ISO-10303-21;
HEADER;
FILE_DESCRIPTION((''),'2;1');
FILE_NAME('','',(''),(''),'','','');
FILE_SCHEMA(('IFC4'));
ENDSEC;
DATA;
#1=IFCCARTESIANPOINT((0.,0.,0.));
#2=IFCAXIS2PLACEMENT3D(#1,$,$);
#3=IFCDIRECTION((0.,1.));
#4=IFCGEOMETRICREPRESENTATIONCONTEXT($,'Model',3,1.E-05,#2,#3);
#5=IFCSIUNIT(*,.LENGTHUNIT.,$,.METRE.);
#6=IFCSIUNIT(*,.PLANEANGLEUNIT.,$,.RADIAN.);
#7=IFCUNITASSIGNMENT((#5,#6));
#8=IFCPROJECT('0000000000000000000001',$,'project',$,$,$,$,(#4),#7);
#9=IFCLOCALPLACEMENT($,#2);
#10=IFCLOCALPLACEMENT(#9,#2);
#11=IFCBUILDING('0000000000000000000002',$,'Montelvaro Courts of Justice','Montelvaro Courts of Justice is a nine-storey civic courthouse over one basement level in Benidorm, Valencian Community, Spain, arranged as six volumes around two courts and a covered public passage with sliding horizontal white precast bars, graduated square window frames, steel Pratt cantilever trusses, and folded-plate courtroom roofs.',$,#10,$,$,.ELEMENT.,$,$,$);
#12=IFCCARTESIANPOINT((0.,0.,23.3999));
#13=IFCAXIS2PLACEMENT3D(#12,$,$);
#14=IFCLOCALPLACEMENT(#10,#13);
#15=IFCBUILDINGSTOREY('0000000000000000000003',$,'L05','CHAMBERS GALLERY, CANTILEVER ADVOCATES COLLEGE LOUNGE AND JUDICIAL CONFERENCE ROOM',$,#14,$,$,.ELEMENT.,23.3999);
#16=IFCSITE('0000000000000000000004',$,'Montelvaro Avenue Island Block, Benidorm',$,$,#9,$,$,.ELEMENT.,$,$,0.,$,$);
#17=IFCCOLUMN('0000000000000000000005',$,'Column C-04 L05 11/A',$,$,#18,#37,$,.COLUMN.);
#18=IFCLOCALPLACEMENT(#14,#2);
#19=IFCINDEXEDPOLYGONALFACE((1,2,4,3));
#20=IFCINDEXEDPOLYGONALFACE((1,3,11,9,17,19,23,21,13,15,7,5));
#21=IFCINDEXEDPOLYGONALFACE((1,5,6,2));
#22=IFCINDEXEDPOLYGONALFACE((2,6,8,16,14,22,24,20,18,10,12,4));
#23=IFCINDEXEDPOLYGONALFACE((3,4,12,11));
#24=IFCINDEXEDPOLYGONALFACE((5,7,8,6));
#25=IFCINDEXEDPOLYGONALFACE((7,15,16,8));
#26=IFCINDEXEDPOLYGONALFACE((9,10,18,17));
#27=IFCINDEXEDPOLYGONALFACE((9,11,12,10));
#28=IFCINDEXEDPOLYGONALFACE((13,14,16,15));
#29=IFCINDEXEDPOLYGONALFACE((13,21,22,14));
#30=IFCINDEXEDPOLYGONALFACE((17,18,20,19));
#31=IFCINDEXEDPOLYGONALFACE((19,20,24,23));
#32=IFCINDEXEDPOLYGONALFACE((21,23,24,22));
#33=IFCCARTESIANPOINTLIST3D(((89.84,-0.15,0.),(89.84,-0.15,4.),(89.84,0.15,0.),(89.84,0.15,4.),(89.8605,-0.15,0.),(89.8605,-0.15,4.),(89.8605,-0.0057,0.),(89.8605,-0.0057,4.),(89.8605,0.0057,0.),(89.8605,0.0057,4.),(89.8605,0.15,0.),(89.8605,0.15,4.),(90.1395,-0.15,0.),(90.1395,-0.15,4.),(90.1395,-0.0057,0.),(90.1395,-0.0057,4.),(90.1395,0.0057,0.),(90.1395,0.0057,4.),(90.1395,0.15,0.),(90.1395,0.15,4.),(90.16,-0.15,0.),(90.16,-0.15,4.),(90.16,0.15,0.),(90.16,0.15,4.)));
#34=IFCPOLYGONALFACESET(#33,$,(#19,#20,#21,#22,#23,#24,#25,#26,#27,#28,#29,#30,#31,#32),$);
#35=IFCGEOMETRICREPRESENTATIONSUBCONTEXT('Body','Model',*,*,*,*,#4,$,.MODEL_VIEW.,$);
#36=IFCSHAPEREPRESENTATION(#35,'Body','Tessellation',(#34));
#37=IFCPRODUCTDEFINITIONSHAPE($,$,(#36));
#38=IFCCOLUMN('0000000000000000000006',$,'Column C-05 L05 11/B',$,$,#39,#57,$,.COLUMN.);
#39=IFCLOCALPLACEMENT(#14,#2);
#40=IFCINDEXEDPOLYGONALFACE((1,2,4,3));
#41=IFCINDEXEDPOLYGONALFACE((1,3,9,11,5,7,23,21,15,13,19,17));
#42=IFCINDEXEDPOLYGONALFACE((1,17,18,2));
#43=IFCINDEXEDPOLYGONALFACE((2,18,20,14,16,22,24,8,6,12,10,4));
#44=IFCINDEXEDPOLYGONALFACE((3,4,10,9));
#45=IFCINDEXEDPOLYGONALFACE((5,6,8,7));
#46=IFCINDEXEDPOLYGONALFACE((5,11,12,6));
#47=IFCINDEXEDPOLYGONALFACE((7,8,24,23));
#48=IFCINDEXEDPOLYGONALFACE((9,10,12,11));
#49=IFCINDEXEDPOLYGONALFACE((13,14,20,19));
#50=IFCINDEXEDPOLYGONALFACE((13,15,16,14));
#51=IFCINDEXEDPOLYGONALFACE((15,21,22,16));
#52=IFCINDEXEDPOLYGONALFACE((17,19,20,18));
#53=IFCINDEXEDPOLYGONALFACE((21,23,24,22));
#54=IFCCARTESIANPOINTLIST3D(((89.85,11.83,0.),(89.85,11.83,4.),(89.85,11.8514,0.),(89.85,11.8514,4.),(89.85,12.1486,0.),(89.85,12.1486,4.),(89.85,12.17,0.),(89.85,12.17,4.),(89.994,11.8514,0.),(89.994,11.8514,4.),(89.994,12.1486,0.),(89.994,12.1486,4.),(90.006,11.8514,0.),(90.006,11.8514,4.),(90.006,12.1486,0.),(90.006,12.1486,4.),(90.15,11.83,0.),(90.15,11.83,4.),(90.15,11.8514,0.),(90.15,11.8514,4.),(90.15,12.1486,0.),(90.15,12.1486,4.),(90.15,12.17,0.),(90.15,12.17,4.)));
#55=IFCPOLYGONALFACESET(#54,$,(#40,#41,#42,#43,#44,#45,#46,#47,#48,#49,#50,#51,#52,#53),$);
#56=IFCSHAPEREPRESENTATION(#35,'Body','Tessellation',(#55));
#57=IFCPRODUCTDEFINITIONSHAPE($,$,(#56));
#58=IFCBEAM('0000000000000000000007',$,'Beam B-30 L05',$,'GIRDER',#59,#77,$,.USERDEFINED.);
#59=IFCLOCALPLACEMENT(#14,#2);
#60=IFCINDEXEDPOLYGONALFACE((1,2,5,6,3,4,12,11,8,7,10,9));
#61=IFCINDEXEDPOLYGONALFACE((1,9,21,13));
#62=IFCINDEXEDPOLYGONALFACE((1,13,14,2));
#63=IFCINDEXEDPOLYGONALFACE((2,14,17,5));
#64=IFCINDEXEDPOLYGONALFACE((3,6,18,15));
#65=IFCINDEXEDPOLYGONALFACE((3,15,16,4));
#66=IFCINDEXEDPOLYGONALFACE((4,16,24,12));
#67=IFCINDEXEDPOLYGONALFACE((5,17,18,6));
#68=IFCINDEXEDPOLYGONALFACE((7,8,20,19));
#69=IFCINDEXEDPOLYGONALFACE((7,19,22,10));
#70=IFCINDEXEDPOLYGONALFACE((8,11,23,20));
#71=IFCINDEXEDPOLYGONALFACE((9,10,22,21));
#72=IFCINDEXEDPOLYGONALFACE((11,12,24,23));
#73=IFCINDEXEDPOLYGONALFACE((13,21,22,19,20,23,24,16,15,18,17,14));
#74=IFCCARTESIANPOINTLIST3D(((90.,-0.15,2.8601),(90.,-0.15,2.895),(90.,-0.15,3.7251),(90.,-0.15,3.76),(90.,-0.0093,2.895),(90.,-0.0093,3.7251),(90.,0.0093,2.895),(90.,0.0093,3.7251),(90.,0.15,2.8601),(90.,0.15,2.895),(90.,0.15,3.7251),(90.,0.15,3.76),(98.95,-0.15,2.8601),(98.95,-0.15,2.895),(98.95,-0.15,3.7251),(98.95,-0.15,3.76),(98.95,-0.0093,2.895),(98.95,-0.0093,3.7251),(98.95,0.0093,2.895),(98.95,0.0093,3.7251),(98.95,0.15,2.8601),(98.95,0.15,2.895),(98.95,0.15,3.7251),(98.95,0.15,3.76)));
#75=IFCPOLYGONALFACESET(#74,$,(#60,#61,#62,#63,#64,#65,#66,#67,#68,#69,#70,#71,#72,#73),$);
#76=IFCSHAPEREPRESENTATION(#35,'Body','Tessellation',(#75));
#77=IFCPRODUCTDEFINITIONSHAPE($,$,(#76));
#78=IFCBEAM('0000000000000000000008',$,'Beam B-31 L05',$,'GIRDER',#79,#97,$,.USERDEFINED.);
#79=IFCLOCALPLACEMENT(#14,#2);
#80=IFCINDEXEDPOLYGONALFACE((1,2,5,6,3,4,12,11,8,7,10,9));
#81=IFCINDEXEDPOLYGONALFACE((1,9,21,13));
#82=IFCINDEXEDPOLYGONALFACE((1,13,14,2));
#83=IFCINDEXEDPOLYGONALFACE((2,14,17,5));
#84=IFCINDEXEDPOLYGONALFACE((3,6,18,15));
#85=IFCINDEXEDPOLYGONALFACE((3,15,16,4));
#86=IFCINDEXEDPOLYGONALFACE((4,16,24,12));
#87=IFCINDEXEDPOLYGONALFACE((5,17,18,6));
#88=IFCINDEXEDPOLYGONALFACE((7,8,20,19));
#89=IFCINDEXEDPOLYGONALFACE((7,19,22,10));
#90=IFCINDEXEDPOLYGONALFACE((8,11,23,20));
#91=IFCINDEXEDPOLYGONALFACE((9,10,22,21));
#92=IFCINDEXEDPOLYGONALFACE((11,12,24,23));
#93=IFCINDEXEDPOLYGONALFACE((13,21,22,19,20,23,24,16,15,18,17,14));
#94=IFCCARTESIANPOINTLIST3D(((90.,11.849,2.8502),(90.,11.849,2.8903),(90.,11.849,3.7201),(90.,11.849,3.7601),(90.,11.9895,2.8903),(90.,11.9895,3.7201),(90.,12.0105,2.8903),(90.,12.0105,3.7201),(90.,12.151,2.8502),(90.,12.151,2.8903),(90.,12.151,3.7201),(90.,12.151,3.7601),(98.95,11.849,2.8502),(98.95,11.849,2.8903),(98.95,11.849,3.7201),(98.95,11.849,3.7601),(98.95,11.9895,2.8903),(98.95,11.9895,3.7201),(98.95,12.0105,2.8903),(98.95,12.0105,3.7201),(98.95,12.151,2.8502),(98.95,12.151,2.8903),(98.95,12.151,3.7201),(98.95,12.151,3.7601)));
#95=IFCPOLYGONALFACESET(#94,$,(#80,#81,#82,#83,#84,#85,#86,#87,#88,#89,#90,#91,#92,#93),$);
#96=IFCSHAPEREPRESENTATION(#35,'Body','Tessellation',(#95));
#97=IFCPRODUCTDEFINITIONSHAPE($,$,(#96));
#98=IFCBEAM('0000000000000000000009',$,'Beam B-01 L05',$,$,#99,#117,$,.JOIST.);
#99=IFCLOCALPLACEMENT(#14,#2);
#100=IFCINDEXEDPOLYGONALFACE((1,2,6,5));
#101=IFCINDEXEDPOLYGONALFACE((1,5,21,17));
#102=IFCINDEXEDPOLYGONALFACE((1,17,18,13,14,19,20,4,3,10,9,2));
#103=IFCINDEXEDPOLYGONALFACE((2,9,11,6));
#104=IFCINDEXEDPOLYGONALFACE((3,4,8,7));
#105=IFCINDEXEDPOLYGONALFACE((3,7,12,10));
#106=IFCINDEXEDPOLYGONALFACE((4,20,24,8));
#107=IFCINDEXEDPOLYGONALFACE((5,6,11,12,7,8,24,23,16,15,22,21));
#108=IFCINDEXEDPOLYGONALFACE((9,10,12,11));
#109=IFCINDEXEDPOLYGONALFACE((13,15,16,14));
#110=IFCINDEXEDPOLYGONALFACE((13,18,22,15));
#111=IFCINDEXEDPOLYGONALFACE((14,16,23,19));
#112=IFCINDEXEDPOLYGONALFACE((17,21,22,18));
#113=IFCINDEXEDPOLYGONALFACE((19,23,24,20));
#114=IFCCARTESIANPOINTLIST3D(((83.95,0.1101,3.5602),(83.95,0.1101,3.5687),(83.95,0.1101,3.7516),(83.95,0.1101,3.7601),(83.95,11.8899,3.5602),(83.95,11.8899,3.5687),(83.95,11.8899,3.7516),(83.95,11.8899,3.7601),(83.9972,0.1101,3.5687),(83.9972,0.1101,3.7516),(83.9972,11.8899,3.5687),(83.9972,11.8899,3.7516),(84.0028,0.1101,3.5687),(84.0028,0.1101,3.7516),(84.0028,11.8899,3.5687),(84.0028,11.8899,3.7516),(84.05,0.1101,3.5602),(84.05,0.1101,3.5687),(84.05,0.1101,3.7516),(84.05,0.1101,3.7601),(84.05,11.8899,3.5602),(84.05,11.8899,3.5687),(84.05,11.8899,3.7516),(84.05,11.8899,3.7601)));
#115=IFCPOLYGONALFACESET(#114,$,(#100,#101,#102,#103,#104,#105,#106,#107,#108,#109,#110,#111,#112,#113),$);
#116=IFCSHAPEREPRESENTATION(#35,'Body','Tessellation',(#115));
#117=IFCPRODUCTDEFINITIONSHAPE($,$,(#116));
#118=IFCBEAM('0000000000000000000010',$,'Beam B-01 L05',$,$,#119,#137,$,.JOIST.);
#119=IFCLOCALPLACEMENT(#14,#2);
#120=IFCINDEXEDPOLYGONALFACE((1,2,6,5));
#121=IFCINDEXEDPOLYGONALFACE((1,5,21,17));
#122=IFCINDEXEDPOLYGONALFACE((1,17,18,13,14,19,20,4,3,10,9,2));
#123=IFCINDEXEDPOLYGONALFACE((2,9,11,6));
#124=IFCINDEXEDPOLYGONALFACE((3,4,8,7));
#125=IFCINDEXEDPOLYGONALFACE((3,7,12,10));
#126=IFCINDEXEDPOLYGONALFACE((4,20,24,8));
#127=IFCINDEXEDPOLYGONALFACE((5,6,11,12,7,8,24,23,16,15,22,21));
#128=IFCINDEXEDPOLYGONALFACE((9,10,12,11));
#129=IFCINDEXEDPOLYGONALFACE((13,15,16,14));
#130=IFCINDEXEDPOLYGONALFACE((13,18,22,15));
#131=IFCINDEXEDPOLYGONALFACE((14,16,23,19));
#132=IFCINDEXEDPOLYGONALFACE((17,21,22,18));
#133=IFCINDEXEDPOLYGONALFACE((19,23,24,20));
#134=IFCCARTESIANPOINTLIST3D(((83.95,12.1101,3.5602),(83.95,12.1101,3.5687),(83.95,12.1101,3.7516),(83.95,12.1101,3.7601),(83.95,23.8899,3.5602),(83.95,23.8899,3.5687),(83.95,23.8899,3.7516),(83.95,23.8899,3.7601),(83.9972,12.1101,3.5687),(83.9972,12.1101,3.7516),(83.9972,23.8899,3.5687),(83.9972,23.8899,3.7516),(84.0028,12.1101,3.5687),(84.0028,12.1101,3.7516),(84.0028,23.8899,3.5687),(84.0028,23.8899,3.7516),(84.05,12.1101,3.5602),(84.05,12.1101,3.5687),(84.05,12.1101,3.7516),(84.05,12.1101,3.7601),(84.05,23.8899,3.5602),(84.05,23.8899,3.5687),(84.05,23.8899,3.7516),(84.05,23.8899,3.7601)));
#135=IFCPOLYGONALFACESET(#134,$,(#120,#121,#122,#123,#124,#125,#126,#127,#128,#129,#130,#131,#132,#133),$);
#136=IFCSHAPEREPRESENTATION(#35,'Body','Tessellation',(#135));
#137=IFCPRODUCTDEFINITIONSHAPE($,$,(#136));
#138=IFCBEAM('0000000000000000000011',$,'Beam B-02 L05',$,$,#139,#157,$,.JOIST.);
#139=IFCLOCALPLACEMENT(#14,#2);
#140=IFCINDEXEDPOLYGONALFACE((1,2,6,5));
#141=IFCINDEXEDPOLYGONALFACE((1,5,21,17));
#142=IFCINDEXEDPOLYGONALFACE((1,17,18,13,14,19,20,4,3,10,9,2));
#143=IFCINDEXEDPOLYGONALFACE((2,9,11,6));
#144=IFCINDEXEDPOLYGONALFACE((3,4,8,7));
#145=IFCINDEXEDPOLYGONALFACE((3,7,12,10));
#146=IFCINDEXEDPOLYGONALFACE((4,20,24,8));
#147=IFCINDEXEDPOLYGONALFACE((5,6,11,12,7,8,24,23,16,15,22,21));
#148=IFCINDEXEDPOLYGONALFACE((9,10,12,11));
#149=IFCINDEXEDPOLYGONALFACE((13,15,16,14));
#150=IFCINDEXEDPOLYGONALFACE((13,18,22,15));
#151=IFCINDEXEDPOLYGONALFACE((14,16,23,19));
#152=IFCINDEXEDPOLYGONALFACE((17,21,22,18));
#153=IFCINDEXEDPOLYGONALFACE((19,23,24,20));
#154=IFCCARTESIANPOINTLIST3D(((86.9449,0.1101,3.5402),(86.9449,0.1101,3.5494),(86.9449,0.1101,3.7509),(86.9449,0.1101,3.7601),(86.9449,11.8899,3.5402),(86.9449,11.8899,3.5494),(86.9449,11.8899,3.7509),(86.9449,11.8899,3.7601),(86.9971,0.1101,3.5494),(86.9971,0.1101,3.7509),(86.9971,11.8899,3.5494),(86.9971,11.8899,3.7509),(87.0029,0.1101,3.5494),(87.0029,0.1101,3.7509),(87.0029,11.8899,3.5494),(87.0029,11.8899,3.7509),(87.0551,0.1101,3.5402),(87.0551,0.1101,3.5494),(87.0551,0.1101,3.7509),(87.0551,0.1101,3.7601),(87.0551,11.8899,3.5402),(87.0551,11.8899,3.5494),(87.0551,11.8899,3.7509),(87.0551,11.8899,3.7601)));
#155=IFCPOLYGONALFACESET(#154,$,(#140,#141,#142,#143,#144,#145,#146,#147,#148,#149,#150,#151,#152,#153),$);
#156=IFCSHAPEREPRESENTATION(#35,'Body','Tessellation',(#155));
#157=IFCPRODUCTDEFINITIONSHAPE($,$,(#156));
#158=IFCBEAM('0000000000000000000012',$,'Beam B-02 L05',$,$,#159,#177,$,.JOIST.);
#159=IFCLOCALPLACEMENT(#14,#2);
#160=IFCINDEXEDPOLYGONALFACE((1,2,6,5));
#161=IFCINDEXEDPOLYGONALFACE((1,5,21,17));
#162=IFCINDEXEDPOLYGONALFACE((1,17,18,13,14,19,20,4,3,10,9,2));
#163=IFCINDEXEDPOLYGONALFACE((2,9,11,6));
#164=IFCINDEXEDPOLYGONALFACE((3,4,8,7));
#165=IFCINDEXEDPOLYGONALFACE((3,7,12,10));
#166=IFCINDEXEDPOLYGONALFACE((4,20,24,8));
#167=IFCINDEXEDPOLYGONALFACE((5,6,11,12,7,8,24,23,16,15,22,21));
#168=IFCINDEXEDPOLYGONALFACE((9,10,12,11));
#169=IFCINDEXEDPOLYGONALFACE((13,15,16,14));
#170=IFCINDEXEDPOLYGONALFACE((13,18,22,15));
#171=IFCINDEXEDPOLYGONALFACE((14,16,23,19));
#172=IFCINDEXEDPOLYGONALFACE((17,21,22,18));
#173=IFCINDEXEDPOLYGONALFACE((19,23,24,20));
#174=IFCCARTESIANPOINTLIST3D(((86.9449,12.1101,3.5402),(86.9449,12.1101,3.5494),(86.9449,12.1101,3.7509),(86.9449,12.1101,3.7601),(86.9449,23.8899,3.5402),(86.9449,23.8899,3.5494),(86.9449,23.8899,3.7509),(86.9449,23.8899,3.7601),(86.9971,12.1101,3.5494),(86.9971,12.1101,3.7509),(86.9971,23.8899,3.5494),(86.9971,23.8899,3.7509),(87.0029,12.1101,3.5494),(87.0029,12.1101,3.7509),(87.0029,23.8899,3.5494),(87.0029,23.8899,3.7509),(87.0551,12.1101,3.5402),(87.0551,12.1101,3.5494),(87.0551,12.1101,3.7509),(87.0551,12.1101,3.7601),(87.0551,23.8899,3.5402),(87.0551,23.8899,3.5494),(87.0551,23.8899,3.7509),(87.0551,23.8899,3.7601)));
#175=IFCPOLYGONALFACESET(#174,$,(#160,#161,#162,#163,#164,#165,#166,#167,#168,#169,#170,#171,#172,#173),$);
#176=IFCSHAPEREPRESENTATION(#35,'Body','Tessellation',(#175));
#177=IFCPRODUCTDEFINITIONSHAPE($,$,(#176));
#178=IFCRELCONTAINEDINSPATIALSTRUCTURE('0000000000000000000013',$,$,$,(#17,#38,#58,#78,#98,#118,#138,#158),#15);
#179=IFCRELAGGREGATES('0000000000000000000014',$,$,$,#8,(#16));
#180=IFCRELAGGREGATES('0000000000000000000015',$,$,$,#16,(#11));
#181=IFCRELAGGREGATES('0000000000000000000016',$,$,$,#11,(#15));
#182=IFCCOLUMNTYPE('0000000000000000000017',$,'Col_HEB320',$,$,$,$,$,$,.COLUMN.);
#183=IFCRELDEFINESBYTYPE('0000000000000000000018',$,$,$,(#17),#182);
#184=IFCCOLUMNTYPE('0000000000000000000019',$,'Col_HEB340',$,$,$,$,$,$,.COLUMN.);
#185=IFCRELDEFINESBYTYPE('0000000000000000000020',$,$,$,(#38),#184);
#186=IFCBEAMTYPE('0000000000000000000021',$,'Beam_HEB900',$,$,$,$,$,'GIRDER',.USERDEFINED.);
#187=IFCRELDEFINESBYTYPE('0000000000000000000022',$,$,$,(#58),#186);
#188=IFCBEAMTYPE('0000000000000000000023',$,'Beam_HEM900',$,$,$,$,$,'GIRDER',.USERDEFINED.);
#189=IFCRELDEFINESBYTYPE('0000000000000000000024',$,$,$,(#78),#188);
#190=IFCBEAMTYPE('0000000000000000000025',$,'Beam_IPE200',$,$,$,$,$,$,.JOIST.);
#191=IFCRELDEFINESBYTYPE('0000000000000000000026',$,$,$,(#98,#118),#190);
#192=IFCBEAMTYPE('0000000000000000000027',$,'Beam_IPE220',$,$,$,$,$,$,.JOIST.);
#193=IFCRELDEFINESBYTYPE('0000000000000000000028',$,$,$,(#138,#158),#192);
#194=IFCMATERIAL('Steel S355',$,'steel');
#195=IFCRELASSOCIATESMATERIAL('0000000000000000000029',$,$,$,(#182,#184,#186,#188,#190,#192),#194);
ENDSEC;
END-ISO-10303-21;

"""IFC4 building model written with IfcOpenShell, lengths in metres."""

from ifc_helpers import new_model, si_unit, direction, frame, origin, origin_2d, place, context, subcontext, project, spatial, i_section, extrude, material, material_profile, profile_set, type_object, element, save


model = new_model("IFC4")

# Units and contexts
model_context = context("Model", 3, precision=1e-05, world=origin(), true_north=direction((0.0, 1.0)))
body_context = subcontext(model_context, "Body", "Model", "MODEL_VIEW")
ifc_project = project(units=[si_unit("LENGTHUNIT", "METRE"), si_unit("PLANEANGLEUNIT", "RADIAN")], contexts=[model_context])

# Site, building, storey
site_placement = place(None, origin())
site = spatial("IfcSite", under=ifc_project, at=site_placement, Name="Montelvaro Avenue Island Block, Benidorm", CompositionType="ELEMENT", RefElevation=0.0)
building_placement = place(site_placement, origin())
building = spatial("IfcBuilding", under=site, at=building_placement, Name="Montelvaro Courts of Justice", Description="Montelvaro Courts of Justice is a nine-storey civic courthouse over one basement level in Benidorm, Valencian Community, Spain, arranged as six volumes around two courts and a covered public passage with sliding horizontal white precast bars, graduated square window frames, steel Pratt cantilever trusses, and folded-plate courtroom roofs.", CompositionType="ELEMENT")
storey_placement = place(building_placement, frame((0.0, 0.0, 23.3999)))
storey = spatial("IfcBuildingStorey", under=building, at=storey_placement, Name="L05", Description="CHAMBERS GALLERY, CANTILEVER ADVOCATES COLLEGE LOUNGE AND JUDICIAL CONFERENCE ROOM", CompositionType="ELEMENT", Elevation=23.3999)

# Columns
ifc_material_1 = material(Name="Steel S355", Category="steel")
ifc_material_profile_1 = material_profile(ifc_material_1, i_section(OverallWidth=0.3, OverallDepth=0.3201, WebThickness=0.0115, FlangeThickness=0.0205, at=origin_2d()), Name="HEB 320")
ifc_profile_set_1 = profile_set([ifc_material_profile_1], Name="Steel S355")
column_type_1 = type_object("IfcColumnType", Name="Col_HEB320", PredefinedType="COLUMN", material=ifc_profile_set_1)
column_1_placement = place(storey_placement, frame((90.0, 0.0, 0.0), z_axis=(0.0, 0.0, 1.0), x_axis=(0.0, 1.0, 0.0)))
element("IfcColumn", 1, at=column_1_placement, inside=storey, type_object=column_type_1, Name="Column C-04 L05 11/A", PredefinedType="COLUMN", context=body_context, shape_type="SweptSolid", body=[
    extrude(i_section(OverallWidth=0.3, OverallDepth=0.3201, WebThickness=0.0115, FlangeThickness=0.0205, at=origin_2d()), origin(), (0.0, 0.0, 1.0), 4.0),
])
ifc_material_profile_2 = material_profile(ifc_material_1, i_section(OverallWidth=0.3, OverallDepth=0.3401, WebThickness=0.012, FlangeThickness=0.0215, at=origin_2d()), Name="HEB 340")
ifc_profile_set_2 = profile_set([ifc_material_profile_2], Name="Steel S355")
column_type_2 = type_object("IfcColumnType", Name="Col_HEB340", PredefinedType="COLUMN", material=ifc_profile_set_2)
column_2_placement = place(storey_placement, frame((90.0, 12.0, 0.0), z_axis=(0.0, 0.0, 1.0), x_axis=(1.0, 0.0, 0.0)))
element("IfcColumn", 2, at=column_2_placement, inside=storey, type_object=column_type_2, Name="Column C-05 L05 11/B", PredefinedType="COLUMN", context=body_context, shape_type="SweptSolid", body=[
    extrude(i_section(OverallWidth=0.3, OverallDepth=0.3401, WebThickness=0.012, FlangeThickness=0.0215, at=origin_2d()), origin(), (0.0, 0.0, 1.0), 4.0),
])

# Beams
ifc_material_profile_3 = material_profile(ifc_material_1, i_section(OverallWidth=0.3, OverallDepth=0.8999, WebThickness=0.0186, FlangeThickness=0.0349, at=origin_2d()), Name="HEB 900")
ifc_profile_set_3 = profile_set([ifc_material_profile_3], Name="Steel S355")
beam_type_1 = type_object("IfcBeamType", Name="Beam_HEB900", ElementType="GIRDER", PredefinedType="USERDEFINED", material=ifc_profile_set_3)
beam_1_placement = place(storey_placement, frame((90.0, 0.0, 3.3101), z_axis=(1.0, 0.0, 0.0), x_axis=(0.0, 1.0, 0.0)))
element("IfcBeam", 3, at=beam_1_placement, inside=storey, type_object=beam_type_1, Name="Beam B-30 L05", ObjectType="GIRDER", PredefinedType="USERDEFINED", context=body_context, shape_type="SweptSolid", body=[
    extrude(i_section(OverallWidth=0.3, OverallDepth=0.8999, WebThickness=0.0186, FlangeThickness=0.0349, at=origin_2d()), origin(), (0.0, 0.0, 1.0), 8.95),
])
ifc_material_profile_4 = material_profile(ifc_material_1, i_section(OverallWidth=0.302, OverallDepth=0.9099, WebThickness=0.021, FlangeThickness=0.04, at=origin_2d()), Name="HEM 900")
ifc_profile_set_4 = profile_set([ifc_material_profile_4], Name="Steel S355")
beam_type_2 = type_object("IfcBeamType", Name="Beam_HEM900", ElementType="GIRDER", PredefinedType="USERDEFINED", material=ifc_profile_set_4)
beam_2_placement = place(storey_placement, frame((90.0, 12.0, 3.3052), z_axis=(1.0, 0.0, 0.0), x_axis=(0.0, 1.0, 0.0)))
element("IfcBeam", 4, at=beam_2_placement, inside=storey, type_object=beam_type_2, Name="Beam B-31 L05", ObjectType="GIRDER", PredefinedType="USERDEFINED", context=body_context, shape_type="SweptSolid", body=[
    extrude(i_section(OverallWidth=0.302, OverallDepth=0.9099, WebThickness=0.021, FlangeThickness=0.04, at=origin_2d()), origin(), (0.0, 0.0, 1.0), 8.95),
])
ifc_material_profile_5 = material_profile(ifc_material_1, i_section(OverallWidth=0.1001, OverallDepth=0.2, WebThickness=0.0056, FlangeThickness=0.0085, at=origin_2d()), Name="IPE 200")
ifc_profile_set_5 = profile_set([ifc_material_profile_5], Name="Steel S355")
beam_type_3 = type_object("IfcBeamType", Name="Beam_IPE200", PredefinedType="JOIST", material=ifc_profile_set_5)
for number, where, z_axis, x_axis, name in (
    (5, (84.0, 0.1101, 3.6602), (0.0, 1.0, 0.0), (-1.0, 0.0, 0.0), "Beam B-01 L05"),
    (6, (84.0, 12.1101, 3.6602), (0.0, 1.0, 0.0), (-1.0, 0.0, 0.0), "Beam B-01 L05"),
):
    element("IfcBeam", number, at=place(storey_placement, frame(where, z_axis=z_axis, x_axis=x_axis)), inside=storey, type_object=beam_type_3, Name=name, PredefinedType="JOIST", context=body_context, shape_type="SweptSolid", body=[
        extrude(i_section(OverallWidth=0.1001, OverallDepth=0.2, WebThickness=0.0056, FlangeThickness=0.0085, at=origin_2d()), origin(), (0.0, 0.0, 1.0), 11.7798),
    ])
ifc_material_profile_6 = material_profile(ifc_material_1, i_section(OverallWidth=0.1101, OverallDepth=0.22, WebThickness=0.0059, FlangeThickness=0.0093, at=origin_2d()), Name="IPE 220")
ifc_profile_set_6 = profile_set([ifc_material_profile_6], Name="Steel S355")
beam_type_4 = type_object("IfcBeamType", Name="Beam_IPE220", PredefinedType="JOIST", material=ifc_profile_set_6)
for number, where, z_axis, x_axis, name in (
    (7, (87.0, 0.1101, 3.6501), (0.0, 1.0, 0.0), (-1.0, 0.0, 0.0), "Beam B-02 L05"),
    (8, (87.0, 12.1101, 3.6501), (0.0, 1.0, 0.0), (-1.0, 0.0, 0.0), "Beam B-02 L05"),
):
    element("IfcBeam", number, at=place(storey_placement, frame(where, z_axis=z_axis, x_axis=x_axis)), inside=storey, type_object=beam_type_4, Name=name, PredefinedType="JOIST", context=body_context, shape_type="SweptSolid", body=[
        extrude(i_section(OverallWidth=0.1101, OverallDepth=0.22, WebThickness=0.0059, FlangeThickness=0.0093, at=origin_2d()), origin(), (0.0, 0.0, 1.0), 11.7798),
    ])

save(model, "model.ifc")
